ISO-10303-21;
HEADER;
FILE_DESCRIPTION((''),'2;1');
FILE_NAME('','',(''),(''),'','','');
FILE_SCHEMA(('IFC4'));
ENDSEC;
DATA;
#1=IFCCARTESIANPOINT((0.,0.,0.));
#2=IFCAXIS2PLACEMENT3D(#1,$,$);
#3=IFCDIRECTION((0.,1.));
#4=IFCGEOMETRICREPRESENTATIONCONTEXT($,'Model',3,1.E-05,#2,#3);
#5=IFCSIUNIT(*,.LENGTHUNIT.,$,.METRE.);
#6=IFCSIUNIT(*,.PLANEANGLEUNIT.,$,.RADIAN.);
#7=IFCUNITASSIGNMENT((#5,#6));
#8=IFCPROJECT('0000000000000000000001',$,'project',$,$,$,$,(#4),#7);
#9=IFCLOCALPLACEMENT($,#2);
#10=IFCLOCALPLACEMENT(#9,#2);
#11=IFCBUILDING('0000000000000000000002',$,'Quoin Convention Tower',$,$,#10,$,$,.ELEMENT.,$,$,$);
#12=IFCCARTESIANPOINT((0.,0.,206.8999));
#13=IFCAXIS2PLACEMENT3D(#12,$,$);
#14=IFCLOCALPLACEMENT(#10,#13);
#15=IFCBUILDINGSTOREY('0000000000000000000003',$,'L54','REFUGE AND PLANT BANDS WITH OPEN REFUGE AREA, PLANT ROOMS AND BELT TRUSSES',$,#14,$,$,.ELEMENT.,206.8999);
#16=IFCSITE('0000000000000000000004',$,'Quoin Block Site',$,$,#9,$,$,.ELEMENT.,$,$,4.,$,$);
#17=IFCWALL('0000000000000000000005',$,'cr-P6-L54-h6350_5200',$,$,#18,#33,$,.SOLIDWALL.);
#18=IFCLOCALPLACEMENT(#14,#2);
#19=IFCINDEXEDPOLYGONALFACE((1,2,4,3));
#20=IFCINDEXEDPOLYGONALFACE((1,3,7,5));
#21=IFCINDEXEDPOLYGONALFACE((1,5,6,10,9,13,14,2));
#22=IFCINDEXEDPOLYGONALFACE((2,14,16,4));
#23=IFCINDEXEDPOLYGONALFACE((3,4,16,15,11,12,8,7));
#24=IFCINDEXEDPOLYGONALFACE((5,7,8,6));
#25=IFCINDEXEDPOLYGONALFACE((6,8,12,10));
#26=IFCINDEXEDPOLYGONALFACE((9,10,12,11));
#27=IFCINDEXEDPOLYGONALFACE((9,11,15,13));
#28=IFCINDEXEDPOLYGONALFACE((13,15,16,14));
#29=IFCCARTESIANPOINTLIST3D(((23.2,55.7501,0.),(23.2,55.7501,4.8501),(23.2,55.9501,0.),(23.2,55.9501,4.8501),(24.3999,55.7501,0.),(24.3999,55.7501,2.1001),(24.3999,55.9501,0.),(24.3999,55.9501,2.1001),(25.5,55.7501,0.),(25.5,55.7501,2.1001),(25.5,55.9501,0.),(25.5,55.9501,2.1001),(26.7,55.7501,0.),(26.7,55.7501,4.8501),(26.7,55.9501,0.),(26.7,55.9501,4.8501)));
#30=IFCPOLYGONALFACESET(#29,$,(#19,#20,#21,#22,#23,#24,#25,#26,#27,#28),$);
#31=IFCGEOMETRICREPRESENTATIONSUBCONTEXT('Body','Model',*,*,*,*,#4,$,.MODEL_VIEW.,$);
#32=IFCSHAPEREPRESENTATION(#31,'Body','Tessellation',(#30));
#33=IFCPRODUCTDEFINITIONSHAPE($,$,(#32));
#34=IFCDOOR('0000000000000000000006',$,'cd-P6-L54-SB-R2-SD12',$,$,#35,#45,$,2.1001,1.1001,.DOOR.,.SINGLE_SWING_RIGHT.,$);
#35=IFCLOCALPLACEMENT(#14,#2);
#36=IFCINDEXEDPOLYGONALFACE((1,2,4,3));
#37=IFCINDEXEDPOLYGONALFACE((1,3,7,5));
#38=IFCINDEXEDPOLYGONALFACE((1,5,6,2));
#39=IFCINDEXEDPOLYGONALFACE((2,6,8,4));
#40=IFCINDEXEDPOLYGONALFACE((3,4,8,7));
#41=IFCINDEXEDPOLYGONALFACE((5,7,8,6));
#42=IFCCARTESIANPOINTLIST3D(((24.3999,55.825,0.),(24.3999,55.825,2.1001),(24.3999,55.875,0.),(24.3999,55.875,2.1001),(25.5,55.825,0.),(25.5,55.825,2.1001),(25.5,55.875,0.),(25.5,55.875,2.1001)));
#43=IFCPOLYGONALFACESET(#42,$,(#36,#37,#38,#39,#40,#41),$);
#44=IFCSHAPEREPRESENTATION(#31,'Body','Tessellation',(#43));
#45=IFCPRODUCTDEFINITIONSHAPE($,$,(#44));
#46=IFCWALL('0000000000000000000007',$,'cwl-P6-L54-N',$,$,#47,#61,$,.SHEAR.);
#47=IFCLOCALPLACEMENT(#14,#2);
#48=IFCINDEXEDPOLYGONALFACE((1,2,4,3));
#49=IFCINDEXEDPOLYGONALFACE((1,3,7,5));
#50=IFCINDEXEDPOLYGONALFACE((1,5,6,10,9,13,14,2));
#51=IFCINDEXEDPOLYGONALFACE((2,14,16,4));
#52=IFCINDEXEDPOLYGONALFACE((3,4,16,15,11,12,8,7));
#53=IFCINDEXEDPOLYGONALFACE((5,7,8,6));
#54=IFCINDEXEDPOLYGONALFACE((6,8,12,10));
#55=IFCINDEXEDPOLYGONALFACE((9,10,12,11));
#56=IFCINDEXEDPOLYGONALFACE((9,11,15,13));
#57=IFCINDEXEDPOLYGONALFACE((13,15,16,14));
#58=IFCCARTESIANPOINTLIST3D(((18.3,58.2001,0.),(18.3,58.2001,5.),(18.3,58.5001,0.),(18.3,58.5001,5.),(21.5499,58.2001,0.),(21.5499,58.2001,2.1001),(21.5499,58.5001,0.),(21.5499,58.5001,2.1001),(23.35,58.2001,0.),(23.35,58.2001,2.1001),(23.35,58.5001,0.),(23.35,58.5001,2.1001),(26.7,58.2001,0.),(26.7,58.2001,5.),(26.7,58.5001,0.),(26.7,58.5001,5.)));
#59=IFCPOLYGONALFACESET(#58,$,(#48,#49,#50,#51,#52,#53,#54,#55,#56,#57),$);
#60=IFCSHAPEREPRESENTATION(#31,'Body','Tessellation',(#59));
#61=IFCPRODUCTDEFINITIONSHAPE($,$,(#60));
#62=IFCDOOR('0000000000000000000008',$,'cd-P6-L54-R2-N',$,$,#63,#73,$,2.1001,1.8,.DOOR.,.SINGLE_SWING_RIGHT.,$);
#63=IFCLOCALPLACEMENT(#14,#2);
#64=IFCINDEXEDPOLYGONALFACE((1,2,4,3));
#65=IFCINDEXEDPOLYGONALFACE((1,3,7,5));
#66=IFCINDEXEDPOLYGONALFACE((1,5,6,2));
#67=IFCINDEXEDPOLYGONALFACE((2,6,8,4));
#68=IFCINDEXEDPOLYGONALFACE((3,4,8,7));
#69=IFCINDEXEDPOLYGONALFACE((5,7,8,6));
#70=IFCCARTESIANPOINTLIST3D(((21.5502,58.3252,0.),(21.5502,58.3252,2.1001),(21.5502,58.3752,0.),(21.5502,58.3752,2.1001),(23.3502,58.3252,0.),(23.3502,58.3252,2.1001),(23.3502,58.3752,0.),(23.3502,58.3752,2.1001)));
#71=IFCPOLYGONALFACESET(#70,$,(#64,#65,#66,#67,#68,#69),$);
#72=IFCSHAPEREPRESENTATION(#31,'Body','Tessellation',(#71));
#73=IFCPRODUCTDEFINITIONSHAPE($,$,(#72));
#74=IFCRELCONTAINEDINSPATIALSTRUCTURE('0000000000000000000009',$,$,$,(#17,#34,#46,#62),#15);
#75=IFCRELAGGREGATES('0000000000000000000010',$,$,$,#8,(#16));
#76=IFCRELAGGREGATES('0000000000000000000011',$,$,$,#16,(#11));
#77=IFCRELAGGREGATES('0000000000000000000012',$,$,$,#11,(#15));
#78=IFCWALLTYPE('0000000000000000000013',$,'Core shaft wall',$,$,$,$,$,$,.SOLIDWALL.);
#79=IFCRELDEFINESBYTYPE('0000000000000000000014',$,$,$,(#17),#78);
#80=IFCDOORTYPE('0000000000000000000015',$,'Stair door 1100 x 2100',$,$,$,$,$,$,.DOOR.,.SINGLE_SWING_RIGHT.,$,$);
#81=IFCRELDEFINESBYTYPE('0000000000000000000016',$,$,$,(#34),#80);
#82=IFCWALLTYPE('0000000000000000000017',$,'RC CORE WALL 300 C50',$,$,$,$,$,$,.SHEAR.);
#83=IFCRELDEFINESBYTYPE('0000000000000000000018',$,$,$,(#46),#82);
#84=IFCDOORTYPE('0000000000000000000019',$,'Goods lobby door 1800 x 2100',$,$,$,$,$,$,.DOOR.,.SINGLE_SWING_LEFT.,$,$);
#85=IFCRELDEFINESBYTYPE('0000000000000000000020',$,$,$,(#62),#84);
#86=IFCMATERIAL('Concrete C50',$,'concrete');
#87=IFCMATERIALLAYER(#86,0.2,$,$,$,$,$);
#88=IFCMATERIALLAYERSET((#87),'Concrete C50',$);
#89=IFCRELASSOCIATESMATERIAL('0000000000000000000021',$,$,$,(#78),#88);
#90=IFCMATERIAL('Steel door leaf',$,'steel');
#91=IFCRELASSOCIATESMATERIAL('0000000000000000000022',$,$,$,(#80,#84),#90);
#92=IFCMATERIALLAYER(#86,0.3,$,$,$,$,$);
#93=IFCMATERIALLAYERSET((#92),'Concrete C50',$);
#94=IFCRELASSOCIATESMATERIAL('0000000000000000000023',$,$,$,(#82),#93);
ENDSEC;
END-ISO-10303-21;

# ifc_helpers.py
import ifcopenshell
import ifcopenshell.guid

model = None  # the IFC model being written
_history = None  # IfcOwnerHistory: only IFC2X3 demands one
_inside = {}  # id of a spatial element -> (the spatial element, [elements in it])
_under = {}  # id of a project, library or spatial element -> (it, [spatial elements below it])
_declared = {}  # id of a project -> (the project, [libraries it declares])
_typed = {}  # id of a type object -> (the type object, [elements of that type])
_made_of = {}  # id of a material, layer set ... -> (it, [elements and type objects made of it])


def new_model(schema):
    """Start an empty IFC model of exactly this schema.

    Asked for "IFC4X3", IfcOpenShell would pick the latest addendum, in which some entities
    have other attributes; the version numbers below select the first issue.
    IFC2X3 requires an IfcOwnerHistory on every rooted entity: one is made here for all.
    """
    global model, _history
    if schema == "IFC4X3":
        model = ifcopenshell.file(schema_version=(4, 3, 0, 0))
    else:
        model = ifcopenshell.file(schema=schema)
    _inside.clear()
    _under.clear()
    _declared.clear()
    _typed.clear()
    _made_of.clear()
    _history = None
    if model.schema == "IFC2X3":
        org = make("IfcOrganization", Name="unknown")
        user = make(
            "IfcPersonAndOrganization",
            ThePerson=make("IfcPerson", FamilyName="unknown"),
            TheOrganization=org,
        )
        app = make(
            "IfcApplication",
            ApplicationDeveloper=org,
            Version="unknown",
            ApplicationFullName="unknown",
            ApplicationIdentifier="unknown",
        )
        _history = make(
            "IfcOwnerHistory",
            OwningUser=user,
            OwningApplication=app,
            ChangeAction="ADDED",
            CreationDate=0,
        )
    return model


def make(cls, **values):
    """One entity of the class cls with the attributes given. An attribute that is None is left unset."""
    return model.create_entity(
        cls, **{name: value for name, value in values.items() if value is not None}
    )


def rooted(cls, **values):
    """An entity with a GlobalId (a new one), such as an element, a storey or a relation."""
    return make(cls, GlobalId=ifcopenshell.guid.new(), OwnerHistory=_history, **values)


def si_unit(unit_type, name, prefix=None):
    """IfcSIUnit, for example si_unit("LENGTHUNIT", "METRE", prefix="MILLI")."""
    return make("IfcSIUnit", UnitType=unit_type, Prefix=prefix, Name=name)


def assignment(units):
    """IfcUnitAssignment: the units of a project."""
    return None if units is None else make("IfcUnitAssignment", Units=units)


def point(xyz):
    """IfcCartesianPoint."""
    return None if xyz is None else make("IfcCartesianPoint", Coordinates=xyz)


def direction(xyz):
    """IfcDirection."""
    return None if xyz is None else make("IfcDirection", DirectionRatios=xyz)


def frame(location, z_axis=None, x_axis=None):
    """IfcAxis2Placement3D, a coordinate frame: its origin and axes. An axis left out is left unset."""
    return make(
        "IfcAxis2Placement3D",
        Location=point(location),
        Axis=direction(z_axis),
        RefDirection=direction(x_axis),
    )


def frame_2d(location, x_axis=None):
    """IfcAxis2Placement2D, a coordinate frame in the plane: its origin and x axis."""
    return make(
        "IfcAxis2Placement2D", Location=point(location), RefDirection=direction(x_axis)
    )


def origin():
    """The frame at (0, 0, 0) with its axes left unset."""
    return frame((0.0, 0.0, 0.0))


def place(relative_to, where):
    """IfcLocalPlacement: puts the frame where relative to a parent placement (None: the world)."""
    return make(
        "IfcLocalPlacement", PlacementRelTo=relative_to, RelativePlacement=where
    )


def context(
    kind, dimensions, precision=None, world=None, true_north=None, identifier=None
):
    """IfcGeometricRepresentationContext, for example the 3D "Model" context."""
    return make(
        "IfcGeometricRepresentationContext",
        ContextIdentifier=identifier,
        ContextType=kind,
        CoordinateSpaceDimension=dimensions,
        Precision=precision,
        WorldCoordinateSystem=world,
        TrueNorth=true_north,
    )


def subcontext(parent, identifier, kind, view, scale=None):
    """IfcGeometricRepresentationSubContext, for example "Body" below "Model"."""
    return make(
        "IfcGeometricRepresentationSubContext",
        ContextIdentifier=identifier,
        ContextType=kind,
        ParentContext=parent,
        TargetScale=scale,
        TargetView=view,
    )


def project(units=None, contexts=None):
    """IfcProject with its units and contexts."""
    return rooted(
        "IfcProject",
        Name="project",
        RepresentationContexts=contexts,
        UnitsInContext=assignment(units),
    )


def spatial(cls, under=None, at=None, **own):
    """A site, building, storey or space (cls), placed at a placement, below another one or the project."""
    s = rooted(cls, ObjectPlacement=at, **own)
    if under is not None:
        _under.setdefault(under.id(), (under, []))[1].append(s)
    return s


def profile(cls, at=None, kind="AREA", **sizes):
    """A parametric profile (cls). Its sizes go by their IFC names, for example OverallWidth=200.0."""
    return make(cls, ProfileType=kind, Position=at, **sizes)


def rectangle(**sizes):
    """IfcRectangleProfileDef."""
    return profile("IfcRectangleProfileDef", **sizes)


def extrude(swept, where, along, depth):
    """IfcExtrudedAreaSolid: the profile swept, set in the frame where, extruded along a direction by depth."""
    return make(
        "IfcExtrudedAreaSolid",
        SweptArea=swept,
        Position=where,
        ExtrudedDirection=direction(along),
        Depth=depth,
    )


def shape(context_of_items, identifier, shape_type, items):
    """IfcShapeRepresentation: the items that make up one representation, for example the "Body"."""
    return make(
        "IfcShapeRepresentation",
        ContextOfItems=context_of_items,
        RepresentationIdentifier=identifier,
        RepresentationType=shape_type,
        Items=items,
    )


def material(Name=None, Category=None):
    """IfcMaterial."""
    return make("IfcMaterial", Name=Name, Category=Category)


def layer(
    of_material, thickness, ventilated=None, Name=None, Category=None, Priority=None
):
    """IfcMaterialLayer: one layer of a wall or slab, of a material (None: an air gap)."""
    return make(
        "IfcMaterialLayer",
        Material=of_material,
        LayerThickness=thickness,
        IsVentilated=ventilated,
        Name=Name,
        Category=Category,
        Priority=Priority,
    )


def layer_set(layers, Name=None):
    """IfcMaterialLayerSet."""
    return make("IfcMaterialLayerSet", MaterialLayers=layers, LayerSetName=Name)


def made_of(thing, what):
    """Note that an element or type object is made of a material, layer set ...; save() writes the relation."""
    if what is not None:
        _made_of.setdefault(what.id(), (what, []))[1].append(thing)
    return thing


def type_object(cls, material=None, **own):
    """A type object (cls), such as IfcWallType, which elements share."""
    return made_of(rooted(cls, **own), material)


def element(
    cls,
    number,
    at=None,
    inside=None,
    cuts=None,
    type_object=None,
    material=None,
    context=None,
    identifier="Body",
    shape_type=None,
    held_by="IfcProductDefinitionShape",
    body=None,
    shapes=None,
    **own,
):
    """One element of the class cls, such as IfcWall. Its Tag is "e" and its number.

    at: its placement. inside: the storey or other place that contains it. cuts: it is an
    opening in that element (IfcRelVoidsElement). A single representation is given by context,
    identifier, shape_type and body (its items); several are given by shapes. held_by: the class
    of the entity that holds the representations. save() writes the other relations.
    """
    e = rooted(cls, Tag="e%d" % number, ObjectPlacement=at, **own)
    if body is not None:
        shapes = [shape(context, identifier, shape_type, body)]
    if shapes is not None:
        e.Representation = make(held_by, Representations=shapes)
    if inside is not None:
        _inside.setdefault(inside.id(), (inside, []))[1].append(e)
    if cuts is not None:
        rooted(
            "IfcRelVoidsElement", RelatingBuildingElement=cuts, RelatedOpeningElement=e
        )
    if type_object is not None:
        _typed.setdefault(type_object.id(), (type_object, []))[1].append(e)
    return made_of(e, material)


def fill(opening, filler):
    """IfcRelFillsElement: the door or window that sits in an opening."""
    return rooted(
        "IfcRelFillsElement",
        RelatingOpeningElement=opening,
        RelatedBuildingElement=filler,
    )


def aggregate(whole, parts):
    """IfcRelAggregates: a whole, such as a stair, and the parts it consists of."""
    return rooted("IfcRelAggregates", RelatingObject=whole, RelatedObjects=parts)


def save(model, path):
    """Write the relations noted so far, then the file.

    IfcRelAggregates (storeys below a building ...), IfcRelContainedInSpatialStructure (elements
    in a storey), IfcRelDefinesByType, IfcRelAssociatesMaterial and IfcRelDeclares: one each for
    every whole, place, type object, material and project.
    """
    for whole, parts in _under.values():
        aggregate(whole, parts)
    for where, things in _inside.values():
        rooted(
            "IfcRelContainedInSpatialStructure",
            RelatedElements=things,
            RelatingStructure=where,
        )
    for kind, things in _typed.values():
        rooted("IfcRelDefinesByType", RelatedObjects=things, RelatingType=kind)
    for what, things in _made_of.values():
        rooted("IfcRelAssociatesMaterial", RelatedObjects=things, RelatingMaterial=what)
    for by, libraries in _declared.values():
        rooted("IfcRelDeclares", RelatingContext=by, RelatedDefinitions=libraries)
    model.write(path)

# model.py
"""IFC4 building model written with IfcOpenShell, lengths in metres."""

from ifc_helpers import new_model, si_unit, direction, frame, frame_2d, origin, place, context, subcontext, project, spatial, rectangle, extrude, material, layer, layer_set, type_object, element, fill, save


model = new_model("IFC4")

# Units and contexts
model_context = context("Model", 3, precision=1e-05, world=origin(), true_north=direction((0.0, 1.0)))
body_context = subcontext(model_context, "Body", "Model", "MODEL_VIEW")
ifc_project = project(units=[si_unit("LENGTHUNIT", "METRE"), si_unit("PLANEANGLEUNIT", "RADIAN")], contexts=[model_context])

# Site, building, storey
site_placement = place(None, origin())
site = spatial("IfcSite", under=ifc_project, at=site_placement, Name="Quoin Block Site", CompositionType="ELEMENT", RefElevation=4.0)
building_placement = place(site_placement, origin())
building = spatial("IfcBuilding", under=site, at=building_placement, Name="Quoin Convention Tower", CompositionType="ELEMENT")
storey_placement = place(building_placement, frame((0.0, 0.0, 206.8999)))
storey = spatial("IfcBuildingStorey", under=building, at=storey_placement, Name="L54", Description="REFUGE AND PLANT BANDS WITH OPEN REFUGE AREA, PLANT ROOMS AND BELT TRUSSES", CompositionType="ELEMENT", Elevation=206.8999)

# Shared definitions
ifc_material_1 = material(Name="Concrete C50", Category="concrete")

# Shared definitions
ifc_layer_1 = layer(ifc_material_1, 0.2)
ifc_layer_set_1 = layer_set([ifc_layer_1], Name="Concrete C50")
wall_type_1 = type_object("IfcWallType", Name="Core shaft wall", PredefinedType="SOLIDWALL", material=ifc_layer_set_1)

# Walls, openings, doors
ifc_material_2 = material(Name="Steel door leaf", Category="steel")
door_type_1 = type_object("IfcDoorType", Name="Stair door 1100 x 2100", OperationType="SINGLE_SWING_RIGHT", PredefinedType="DOOR", material=ifc_material_2)
wall_1_placement = place(storey_placement, frame((23.2, 55.8501, 0.0), z_axis=(0.0, 0.0, 1.0), x_axis=(1.0, 0.0, 0.0)))
wall_1 = element("IfcWall", 1, at=wall_1_placement, inside=storey, type_object=wall_type_1, Name="cr-P6-L54-h6350_5200", PredefinedType="SOLIDWALL", context=body_context, shape_type="SweptSolid", body=[
    extrude(rectangle(XDim=3.5, YDim=0.2, at=frame_2d((1.75, 0.0))), origin(), (0.0, 0.0, 1.0), 4.8501),
])
opening_1_placement = place(wall_1_placement, frame((1.2, 0.0, 0.0)))
opening_1 = element("IfcOpeningElement", 2, at=opening_1_placement, cuts=wall_1, PredefinedType="OPENING", context=body_context, shape_type="SweptSolid", body=[
    extrude(rectangle(XDim=1.1001, YDim=2.1001, at=frame_2d((0.55, 1.05))), frame((0.0, 0.1099, 0.0), z_axis=(0.0, -1.0, 0.0), x_axis=(1.0, 0.0, 0.0)), (0.0, 0.0, 1.0), 0.22),
])
door_1_placement = place(opening_1_placement, origin())
door_1 = element("IfcDoor", 3, at=door_1_placement, inside=storey, type_object=door_type_1, Name="cd-P6-L54-SB-R2-SD12", OperationType="SINGLE_SWING_RIGHT", OverallHeight=2.1001, OverallWidth=1.1001, PredefinedType="DOOR", context=body_context, shape_type="SweptSolid", body=[
    extrude(rectangle(XDim=1.1001, YDim=2.1001, at=frame_2d((0.55, 1.05))), frame((0.0, 0.0249, 0.0), z_axis=(0.0, -1.0, 0.0), x_axis=(1.0, 0.0, 0.0)), (0.0, 0.0, 1.0), 0.05),
])
fill(opening_1, door_1)
ifc_layer_2 = layer(ifc_material_1, 0.3)
ifc_layer_set_2 = layer_set([ifc_layer_2], Name="Concrete C50")
wall_type_2 = type_object("IfcWallType", Name="RC CORE WALL 300 C50", PredefinedType="SHEAR", material=ifc_layer_set_2)
wall_2_placement = place(storey_placement, frame((18.3, 58.3501, 0.0), z_axis=(0.0, 0.0, 1.0), x_axis=(1.0, 0.0, 0.0)))
wall_2 = element("IfcWall", 4, at=wall_2_placement, inside=storey, type_object=wall_type_2, Name="cwl-P6-L54-N", PredefinedType="SHEAR", context=body_context, shape_type="SweptSolid", body=[
    extrude(rectangle(XDim=8.3999, YDim=0.3, at=frame_2d((4.2, 0.0))), origin(), (0.0, 0.0, 1.0), 5.0),
])
opening_2_placement = place(wall_2_placement, frame((3.25, 0.0, 0.0)))
opening_2 = element("IfcOpeningElement", 5, at=opening_2_placement, cuts=wall_2, PredefinedType="OPENING", context=body_context, shape_type="SweptSolid", body=[
    extrude(rectangle(XDim=1.8, YDim=2.1001, at=frame_2d((0.8999, 1.05))), frame((0.0, 0.1599, 0.0), z_axis=(0.0, -1.0, 0.0), x_axis=(1.0, 0.0, 0.0)), (0.0, 0.0, 1.0), 0.3201),
])
door_type_2 = type_object("IfcDoorType", Name="Goods lobby door 1800 x 2100", OperationType="SINGLE_SWING_LEFT", PredefinedType="DOOR", material=ifc_material_2)
door_2_placement = place(opening_2_placement, frame((1.8, 0.0, 0.0), z_axis=(0.0, 0.0, 1.0), x_axis=(-1.0, 0.0, 0.0)))
door_2 = element("IfcDoor", 6, at=door_2_placement, inside=storey, type_object=door_type_2, Name="cd-P6-L54-R2-N", OperationType="SINGLE_SWING_RIGHT", OverallHeight=2.1001, OverallWidth=1.8, PredefinedType="DOOR", context=body_context, shape_type="SweptSolid", body=[
    extrude(rectangle(XDim=1.8, YDim=2.1001, at=frame_2d((0.8999, 1.05))), frame((0.0, 0.0249, 0.0), z_axis=(0.0, -1.0, 0.0), x_axis=(1.0, 0.0, 0.0)), (0.0, 0.0, 1.0), 0.05),
])
fill(opening_2, door_2)

save(model, "model.ifc")
